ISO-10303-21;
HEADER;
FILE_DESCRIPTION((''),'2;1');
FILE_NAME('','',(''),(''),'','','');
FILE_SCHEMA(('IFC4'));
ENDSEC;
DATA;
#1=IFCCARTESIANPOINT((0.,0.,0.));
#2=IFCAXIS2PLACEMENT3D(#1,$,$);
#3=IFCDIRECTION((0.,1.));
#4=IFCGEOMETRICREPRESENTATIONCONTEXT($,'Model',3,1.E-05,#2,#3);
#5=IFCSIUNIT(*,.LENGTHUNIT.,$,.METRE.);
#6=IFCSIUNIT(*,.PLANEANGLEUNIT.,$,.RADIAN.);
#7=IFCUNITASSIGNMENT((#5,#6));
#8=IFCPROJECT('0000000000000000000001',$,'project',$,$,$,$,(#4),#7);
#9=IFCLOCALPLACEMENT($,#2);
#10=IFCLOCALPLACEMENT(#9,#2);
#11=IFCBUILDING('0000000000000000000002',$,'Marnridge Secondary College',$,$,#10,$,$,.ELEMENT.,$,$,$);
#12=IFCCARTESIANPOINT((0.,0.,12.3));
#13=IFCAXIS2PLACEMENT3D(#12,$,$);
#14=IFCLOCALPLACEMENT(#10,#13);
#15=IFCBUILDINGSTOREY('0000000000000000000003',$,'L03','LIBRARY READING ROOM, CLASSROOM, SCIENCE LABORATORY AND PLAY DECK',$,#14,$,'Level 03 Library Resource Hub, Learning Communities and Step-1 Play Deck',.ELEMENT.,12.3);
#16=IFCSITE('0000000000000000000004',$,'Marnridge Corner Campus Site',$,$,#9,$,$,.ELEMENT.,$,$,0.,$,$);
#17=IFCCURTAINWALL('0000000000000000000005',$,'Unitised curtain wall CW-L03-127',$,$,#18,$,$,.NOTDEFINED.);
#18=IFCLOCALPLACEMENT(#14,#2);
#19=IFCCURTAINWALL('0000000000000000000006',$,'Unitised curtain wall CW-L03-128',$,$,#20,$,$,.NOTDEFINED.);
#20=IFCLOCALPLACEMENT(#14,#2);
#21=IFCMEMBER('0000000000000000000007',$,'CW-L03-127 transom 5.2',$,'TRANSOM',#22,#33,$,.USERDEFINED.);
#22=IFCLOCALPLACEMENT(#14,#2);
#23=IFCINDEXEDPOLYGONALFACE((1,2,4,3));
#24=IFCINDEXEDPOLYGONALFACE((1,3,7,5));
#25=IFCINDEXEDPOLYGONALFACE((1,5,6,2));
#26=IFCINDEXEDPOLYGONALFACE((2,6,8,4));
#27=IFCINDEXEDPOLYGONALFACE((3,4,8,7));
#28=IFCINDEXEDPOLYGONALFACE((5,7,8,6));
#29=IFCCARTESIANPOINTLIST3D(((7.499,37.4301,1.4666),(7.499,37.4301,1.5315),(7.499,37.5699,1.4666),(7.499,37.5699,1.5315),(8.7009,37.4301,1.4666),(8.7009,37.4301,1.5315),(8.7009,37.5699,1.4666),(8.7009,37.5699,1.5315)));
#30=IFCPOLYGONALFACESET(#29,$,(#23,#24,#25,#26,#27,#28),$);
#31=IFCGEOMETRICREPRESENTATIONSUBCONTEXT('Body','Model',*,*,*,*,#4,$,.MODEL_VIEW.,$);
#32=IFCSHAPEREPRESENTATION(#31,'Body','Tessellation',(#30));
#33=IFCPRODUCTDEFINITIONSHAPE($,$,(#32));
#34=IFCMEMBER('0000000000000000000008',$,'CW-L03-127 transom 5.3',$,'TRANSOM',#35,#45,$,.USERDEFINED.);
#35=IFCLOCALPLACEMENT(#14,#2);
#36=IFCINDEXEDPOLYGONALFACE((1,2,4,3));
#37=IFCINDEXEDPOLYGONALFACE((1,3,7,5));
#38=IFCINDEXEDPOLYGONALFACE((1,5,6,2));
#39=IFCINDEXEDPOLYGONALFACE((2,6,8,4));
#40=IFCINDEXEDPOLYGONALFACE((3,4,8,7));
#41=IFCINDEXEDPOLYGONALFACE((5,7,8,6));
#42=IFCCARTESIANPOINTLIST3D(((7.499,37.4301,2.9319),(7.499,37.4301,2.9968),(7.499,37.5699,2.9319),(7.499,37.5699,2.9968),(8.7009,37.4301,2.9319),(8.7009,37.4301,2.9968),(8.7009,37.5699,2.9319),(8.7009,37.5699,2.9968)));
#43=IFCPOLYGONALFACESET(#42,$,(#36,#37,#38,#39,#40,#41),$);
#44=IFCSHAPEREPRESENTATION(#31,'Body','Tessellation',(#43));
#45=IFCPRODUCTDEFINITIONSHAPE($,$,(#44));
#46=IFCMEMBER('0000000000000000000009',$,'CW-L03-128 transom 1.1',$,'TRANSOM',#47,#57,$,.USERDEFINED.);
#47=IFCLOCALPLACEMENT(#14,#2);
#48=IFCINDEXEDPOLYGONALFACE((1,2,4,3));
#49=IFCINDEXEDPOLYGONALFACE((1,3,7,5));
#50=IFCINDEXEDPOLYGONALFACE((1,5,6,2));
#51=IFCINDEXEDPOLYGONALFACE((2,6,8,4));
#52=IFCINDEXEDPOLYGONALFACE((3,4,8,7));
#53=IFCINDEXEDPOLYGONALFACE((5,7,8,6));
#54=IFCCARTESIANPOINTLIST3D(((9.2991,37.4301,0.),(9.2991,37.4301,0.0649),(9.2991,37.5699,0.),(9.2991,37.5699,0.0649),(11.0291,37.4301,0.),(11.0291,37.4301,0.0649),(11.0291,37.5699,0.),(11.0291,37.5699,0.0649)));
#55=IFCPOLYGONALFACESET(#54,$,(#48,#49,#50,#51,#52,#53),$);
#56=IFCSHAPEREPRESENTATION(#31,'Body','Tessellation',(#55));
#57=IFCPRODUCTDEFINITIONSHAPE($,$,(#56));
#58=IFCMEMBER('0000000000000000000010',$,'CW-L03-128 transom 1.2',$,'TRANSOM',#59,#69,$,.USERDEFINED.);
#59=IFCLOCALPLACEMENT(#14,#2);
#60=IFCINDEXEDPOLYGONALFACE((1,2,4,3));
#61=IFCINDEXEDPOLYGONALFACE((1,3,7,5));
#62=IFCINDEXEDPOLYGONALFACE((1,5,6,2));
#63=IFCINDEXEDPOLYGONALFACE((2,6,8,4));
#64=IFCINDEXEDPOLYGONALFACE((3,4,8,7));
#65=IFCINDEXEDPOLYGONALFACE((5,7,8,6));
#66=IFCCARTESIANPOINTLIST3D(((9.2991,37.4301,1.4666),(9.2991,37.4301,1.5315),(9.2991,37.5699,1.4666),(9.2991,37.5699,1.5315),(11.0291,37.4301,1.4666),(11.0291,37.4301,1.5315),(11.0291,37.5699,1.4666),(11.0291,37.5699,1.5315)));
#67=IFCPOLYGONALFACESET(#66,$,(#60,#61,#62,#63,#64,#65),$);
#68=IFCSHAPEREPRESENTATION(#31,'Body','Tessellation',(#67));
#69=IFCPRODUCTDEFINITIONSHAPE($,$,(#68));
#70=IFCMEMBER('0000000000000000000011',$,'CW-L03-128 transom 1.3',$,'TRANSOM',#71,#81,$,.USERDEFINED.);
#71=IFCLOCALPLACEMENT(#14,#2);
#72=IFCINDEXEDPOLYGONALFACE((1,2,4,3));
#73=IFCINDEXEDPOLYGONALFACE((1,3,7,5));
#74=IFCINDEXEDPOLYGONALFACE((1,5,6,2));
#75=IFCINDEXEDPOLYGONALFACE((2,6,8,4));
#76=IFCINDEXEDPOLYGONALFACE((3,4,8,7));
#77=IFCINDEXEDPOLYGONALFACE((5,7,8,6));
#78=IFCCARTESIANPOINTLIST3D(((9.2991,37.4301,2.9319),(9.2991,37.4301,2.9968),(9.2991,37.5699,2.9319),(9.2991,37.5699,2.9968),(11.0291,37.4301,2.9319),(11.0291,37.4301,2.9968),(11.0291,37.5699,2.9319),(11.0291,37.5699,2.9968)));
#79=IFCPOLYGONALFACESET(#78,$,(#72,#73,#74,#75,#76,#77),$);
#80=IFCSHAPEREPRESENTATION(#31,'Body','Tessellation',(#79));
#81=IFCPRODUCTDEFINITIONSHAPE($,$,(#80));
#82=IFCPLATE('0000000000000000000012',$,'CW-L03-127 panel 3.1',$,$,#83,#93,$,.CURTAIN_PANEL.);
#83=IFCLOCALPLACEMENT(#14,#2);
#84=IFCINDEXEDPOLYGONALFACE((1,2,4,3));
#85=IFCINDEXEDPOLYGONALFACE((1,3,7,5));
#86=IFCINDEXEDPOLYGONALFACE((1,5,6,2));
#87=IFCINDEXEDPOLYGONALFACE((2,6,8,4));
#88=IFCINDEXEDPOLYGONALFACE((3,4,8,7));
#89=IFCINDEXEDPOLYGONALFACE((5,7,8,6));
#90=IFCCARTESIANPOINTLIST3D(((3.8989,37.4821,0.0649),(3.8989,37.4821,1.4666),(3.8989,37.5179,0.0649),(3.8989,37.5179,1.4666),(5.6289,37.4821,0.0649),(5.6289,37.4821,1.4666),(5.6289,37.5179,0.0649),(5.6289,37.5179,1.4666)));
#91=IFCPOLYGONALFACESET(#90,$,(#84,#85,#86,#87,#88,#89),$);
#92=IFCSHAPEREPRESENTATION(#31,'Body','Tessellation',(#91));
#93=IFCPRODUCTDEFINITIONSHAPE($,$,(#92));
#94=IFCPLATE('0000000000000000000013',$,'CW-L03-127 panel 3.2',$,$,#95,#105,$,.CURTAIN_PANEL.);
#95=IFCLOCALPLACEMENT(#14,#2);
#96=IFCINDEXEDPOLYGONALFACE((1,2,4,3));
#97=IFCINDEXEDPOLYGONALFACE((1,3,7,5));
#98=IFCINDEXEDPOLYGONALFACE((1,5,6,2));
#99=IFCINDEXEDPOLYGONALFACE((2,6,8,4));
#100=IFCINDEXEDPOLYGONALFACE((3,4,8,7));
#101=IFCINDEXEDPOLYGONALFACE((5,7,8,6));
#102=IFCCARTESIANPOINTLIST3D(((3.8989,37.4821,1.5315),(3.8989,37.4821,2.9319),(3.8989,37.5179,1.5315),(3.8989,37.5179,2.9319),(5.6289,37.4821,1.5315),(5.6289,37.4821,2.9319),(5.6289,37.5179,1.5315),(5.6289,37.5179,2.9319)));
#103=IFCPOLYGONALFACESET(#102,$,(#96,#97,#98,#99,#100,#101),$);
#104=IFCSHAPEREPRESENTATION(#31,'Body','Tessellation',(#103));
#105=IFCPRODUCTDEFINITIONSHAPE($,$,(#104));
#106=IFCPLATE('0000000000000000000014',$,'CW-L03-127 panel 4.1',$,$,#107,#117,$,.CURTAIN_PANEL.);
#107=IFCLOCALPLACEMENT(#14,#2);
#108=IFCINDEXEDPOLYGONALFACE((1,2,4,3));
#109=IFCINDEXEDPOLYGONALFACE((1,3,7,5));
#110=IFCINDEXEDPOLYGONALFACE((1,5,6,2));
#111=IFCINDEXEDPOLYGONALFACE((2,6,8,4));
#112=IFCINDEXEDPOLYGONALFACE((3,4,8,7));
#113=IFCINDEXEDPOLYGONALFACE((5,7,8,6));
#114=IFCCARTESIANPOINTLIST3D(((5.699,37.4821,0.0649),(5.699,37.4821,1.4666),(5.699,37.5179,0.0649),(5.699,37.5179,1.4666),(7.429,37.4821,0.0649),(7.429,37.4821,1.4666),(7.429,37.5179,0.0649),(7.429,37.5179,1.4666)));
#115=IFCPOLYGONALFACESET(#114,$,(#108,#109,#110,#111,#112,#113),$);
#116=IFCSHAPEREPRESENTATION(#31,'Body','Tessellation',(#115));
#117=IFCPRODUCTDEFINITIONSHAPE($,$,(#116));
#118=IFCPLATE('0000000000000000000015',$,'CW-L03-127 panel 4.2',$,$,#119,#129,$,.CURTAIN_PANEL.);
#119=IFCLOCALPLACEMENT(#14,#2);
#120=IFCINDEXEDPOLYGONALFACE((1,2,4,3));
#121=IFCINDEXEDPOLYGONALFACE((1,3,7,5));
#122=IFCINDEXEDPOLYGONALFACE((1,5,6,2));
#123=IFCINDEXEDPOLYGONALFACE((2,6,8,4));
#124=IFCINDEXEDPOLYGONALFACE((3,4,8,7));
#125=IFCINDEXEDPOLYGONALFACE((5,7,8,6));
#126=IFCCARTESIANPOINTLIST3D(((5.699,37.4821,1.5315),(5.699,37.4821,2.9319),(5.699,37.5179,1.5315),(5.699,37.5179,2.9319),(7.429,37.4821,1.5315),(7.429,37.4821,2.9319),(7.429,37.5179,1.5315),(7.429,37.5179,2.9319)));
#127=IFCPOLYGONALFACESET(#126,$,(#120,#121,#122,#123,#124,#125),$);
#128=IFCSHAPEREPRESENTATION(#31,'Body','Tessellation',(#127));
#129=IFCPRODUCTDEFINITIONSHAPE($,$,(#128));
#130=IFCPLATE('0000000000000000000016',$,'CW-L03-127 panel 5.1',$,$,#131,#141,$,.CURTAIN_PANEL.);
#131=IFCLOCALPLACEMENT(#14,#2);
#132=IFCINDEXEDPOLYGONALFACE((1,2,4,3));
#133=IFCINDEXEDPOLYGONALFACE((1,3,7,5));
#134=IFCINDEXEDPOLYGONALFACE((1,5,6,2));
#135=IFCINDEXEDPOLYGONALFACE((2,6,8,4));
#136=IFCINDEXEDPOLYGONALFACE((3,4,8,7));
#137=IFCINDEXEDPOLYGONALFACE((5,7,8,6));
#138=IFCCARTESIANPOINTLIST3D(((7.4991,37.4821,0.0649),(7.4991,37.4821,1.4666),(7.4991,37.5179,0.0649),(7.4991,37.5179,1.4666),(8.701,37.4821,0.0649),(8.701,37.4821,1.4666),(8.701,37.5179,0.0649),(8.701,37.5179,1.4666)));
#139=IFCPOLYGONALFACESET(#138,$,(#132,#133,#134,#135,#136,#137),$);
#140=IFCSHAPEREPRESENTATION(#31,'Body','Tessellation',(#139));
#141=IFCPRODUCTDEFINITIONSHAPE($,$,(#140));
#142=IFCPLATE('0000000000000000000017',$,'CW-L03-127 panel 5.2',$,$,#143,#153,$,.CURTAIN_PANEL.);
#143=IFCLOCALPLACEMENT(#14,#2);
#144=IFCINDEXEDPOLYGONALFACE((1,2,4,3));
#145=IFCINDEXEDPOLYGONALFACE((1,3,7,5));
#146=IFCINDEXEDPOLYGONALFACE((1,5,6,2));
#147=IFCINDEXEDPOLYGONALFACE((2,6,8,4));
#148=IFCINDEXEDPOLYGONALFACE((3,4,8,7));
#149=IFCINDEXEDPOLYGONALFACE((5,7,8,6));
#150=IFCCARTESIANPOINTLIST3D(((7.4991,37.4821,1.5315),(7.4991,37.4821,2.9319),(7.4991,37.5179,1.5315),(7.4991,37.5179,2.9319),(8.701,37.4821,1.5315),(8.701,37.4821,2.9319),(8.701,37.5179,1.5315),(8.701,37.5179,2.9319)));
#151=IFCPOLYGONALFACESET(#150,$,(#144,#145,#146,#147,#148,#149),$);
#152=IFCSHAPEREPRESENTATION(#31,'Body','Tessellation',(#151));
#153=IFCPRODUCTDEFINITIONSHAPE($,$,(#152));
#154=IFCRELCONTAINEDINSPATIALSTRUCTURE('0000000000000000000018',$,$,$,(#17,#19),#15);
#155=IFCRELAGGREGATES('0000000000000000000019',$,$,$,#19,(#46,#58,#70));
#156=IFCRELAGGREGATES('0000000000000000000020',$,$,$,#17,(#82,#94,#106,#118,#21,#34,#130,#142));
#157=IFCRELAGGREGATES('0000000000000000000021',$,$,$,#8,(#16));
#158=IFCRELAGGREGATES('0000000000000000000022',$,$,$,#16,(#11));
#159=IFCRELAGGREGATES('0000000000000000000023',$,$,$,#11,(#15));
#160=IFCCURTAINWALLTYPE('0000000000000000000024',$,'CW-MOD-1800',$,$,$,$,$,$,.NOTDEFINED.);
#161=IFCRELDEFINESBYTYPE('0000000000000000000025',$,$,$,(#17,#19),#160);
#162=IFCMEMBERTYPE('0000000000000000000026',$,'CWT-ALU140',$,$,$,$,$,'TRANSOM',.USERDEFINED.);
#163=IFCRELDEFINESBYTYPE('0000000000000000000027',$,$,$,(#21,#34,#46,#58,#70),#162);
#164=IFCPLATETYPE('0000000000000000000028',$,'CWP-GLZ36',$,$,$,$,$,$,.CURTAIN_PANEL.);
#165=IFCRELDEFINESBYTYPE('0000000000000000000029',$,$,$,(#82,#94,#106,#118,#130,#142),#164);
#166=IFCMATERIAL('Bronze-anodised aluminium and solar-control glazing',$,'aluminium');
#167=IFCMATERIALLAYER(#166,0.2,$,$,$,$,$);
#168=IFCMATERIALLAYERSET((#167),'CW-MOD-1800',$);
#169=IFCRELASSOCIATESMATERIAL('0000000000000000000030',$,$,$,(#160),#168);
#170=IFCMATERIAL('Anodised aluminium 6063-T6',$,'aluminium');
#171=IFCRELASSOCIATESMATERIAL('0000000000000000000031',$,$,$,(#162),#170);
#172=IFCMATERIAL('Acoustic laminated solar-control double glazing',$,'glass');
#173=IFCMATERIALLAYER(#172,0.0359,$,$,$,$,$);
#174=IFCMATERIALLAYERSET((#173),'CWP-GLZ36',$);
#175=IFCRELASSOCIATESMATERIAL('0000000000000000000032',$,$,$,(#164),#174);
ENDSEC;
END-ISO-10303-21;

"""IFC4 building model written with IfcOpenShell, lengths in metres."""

from ifc_helpers import new_model, si_unit, direction, frame, origin, origin_2d, place, context, subcontext, project, spatial, rectangle, extrude, material, layer, layer_set, material_profile, profile_set, type_object, element, aggregate, save


model = new_model("IFC4")

# Units and contexts
model_context = context("Model", 3, precision=1e-05, world=origin(), true_north=direction((0.0, 1.0)))
body_context = subcontext(model_context, "Body", "Model", "MODEL_VIEW")
ifc_project = project(units=[si_unit("LENGTHUNIT", "METRE"), si_unit("PLANEANGLEUNIT", "RADIAN")], contexts=[model_context])

# Site, building, storey
site_placement = place(None, origin())
site = spatial("IfcSite", under=ifc_project, at=site_placement, Name="Marnridge Corner Campus Site", CompositionType="ELEMENT", RefElevation=0.0)
building_placement = place(site_placement, origin())
building = spatial("IfcBuilding", under=site, at=building_placement, Name="Marnridge Secondary College", CompositionType="ELEMENT")
storey_placement = place(building_placement, frame((0.0, 0.0, 12.3)))
storey = spatial("IfcBuildingStorey", under=building, at=storey_placement, Name="L03", Description="LIBRARY READING ROOM, CLASSROOM, SCIENCE LABORATORY AND PLAY DECK", LongName="Level 03 Library Resource Hub, Learning Communities and Step-1 Play Deck", CompositionType="ELEMENT", Elevation=12.3)

# Curtain wall
ifc_material_1 = material(Name="Bronze-anodised aluminium and solar-control glazing", Category="aluminium")
ifc_layer_1 = layer(ifc_material_1, 0.2)
ifc_layer_set_1 = layer_set([ifc_layer_1], Name="CW-MOD-1800")
curtain_wall_type = type_object("IfcCurtainWallType", Name="CW-MOD-1800", PredefinedType="NOTDEFINED", material=ifc_layer_set_1)
curtain_wall_1_placement = place(storey_placement, origin())
curtain_wall_1 = element("IfcCurtainWall", 1, at=curtain_wall_1_placement, inside=storey, type_object=curtain_wall_type, Name="Unitised curtain wall CW-L03-127", PredefinedType="NOTDEFINED")

# Curtain wall
curtain_wall_2_placement = place(storey_placement, origin())
curtain_wall_2 = element("IfcCurtainWall", 2, at=curtain_wall_2_placement, inside=storey, type_object=curtain_wall_type, Name="Unitised curtain wall CW-L03-128", PredefinedType="NOTDEFINED")

# Members
ifc_material_2 = material(Name="Anodised aluminium 6063-T6", Category="aluminium")
ifc_material_profile_1 = material_profile(ifc_material_2, rectangle(XDim=0.0649, YDim=0.1399, at=origin_2d()), Name="ALU 65x140")
ifc_profile_set_1 = profile_set([ifc_material_profile_1], Name="Anodised aluminium 6063-T6")
member_type_1 = type_object("IfcMemberType", Name="CWT-ALU140", ElementType="TRANSOM", PredefinedType="USERDEFINED", material=ifc_profile_set_1)
member_1_placement = place(storey_placement, frame((7.499, 37.5, 1.499), z_axis=(1.0, 0.0, 0.0), x_axis=(0.0, 0.0, 1.0)))
member_1 = element("IfcMember", 3, at=member_1_placement, type_object=member_type_1, Name="CW-L03-127 transom 5.2", ObjectType="TRANSOM", PredefinedType="USERDEFINED", context=body_context, shape_type="SweptSolid", body=[
    extrude(rectangle(XDim=0.0649, YDim=0.1399, at=origin_2d()), origin(), (0.0, 0.0, 1.0), 1.2019),
])
member_2_placement = place(storey_placement, frame((7.499, 37.5, 2.9644), z_axis=(1.0, 0.0, 0.0), x_axis=(0.0, 0.0, 1.0)))
member_2 = element("IfcMember", 4, at=member_2_placement, type_object=member_type_1, Name="CW-L03-127 transom 5.3", ObjectType="TRANSOM", PredefinedType="USERDEFINED", context=body_context, shape_type="SweptSolid", body=[
    extrude(rectangle(XDim=0.0649, YDim=0.1399, at=origin_2d()), origin(), (0.0, 0.0, 1.0), 1.2019),
])
member_3_placement = place(storey_placement, frame((9.2991, 37.5, 0.0325), z_axis=(1.0, 0.0, 0.0), x_axis=(0.0, 0.0, 1.0)))
member_3 = element("IfcMember", 5, at=member_3_placement, type_object=member_type_1, Name="CW-L03-128 transom 1.1", ObjectType="TRANSOM", PredefinedType="USERDEFINED", context=body_context, shape_type="SweptSolid", body=[
    extrude(rectangle(XDim=0.0649, YDim=0.1399, at=origin_2d()), origin(), (0.0, 0.0, 1.0), 1.73),
])
member_4_placement = place(storey_placement, frame((9.2991, 37.5, 1.499), z_axis=(1.0, 0.0, 0.0), x_axis=(0.0, 0.0, 1.0)))
member_4 = element("IfcMember", 6, at=member_4_placement, type_object=member_type_1, Name="CW-L03-128 transom 1.2", ObjectType="TRANSOM", PredefinedType="USERDEFINED", context=body_context, shape_type="SweptSolid", body=[
    extrude(rectangle(XDim=0.0649, YDim=0.1399, at=origin_2d()), origin(), (0.0, 0.0, 1.0), 1.73),
])
member_5_placement = place(storey_placement, frame((9.2991, 37.5, 2.9644), z_axis=(1.0, 0.0, 0.0), x_axis=(0.0, 0.0, 1.0)))
member_5 = element("IfcMember", 7, at=member_5_placement, type_object=member_type_1, Name="CW-L03-128 transom 1.3", ObjectType="TRANSOM", PredefinedType="USERDEFINED", context=body_context, shape_type="SweptSolid", body=[
    extrude(rectangle(XDim=0.0649, YDim=0.1399, at=origin_2d()), origin(), (0.0, 0.0, 1.0), 1.73),
])
aggregate(curtain_wall_2, [member_3, member_4, member_5])

# Plates
ifc_material_3 = material(Name="Acoustic laminated solar-control double glazing", Category="glass")
ifc_layer_2 = layer(ifc_material_3, 0.0359)
ifc_layer_set_2 = layer_set([ifc_layer_2], Name="CWP-GLZ36")
plate_type = type_object("IfcPlateType", Name="CWP-GLZ36", PredefinedType="CURTAIN_PANEL", material=ifc_layer_set_2)
plate_1_placement = place(storey_placement, frame((4.7639, 37.5, 0.0649), z_axis=(0.0, 0.0, 1.0), x_axis=(1.0, 0.0, 0.0)))
plate_1 = element("IfcPlate", 8, at=plate_1_placement, type_object=plate_type, Name="CW-L03-127 panel 3.1", PredefinedType="CURTAIN_PANEL", context=body_context, shape_type="SweptSolid", body=[
    extrude(rectangle(XDim=1.73, YDim=0.0359, at=origin_2d()), origin(), (0.0, 0.0, 1.0), 1.4016),
])
plate_2_placement = place(storey_placement, frame((4.7639, 37.5, 1.5315), z_axis=(0.0, 0.0, 1.0), x_axis=(1.0, 0.0, 0.0)))
plate_2 = element("IfcPlate", 9, at=plate_2_placement, type_object=plate_type, Name="CW-L03-127 panel 3.2", PredefinedType="CURTAIN_PANEL", context=body_context, shape_type="SweptSolid", body=[
    extrude(rectangle(XDim=1.73, YDim=0.0359, at=origin_2d()), origin(), (0.0, 0.0, 1.0), 1.4004),
])
plate_3_placement = place(storey_placement, frame((6.564, 37.5, 0.0649), z_axis=(0.0, 0.0, 1.0), x_axis=(1.0, 0.0, 0.0)))
plate_3 = element("IfcPlate", 10, at=plate_3_placement, type_object=plate_type, Name="CW-L03-127 panel 4.1", PredefinedType="CURTAIN_PANEL", context=body_context, shape_type="SweptSolid", body=[
    extrude(rectangle(XDim=1.73, YDim=0.0359, at=origin_2d()), origin(), (0.0, 0.0, 1.0), 1.4016),
])
plate_4_placement = place(storey_placement, frame((6.564, 37.5, 1.5315), z_axis=(0.0, 0.0, 1.0), x_axis=(1.0, 0.0, 0.0)))
plate_4 = element("IfcPlate", 11, at=plate_4_placement, type_object=plate_type, Name="CW-L03-127 panel 4.2", PredefinedType="CURTAIN_PANEL", context=body_context, shape_type="SweptSolid", body=[
    extrude(rectangle(XDim=1.73, YDim=0.0359, at=origin_2d()), origin(), (0.0, 0.0, 1.0), 1.4004),
])
plate_5_placement = place(storey_placement, frame((8.1001, 37.5, 0.0649), z_axis=(0.0, 0.0, 1.0), x_axis=(1.0, 0.0, 0.0)))
plate_5 = element("IfcPlate", 12, at=plate_5_placement, type_object=plate_type, Name="CW-L03-127 panel 5.1", PredefinedType="CURTAIN_PANEL", context=body_context, shape_type="SweptSolid", body=[
    extrude(rectangle(XDim=1.2019, YDim=0.0359, at=origin_2d()), origin(), (0.0, 0.0, 1.0), 1.4016),
])
plate_6_placement = place(storey_placement, frame((8.1001, 37.5, 1.5315), z_axis=(0.0, 0.0, 1.0), x_axis=(1.0, 0.0, 0.0)))
plate_6 = element("IfcPlate", 13, at=plate_6_placement, type_object=plate_type, Name="CW-L03-127 panel 5.2", PredefinedType="CURTAIN_PANEL", context=body_context, shape_type="SweptSolid", body=[
    extrude(rectangle(XDim=1.2019, YDim=0.0359, at=origin_2d()), origin(), (0.0, 0.0, 1.0), 1.4004),
])
aggregate(curtain_wall_1, [plate_1, plate_2, plate_3, plate_4, member_1, member_2, plate_5, plate_6])

save(model, "model.ifc")
